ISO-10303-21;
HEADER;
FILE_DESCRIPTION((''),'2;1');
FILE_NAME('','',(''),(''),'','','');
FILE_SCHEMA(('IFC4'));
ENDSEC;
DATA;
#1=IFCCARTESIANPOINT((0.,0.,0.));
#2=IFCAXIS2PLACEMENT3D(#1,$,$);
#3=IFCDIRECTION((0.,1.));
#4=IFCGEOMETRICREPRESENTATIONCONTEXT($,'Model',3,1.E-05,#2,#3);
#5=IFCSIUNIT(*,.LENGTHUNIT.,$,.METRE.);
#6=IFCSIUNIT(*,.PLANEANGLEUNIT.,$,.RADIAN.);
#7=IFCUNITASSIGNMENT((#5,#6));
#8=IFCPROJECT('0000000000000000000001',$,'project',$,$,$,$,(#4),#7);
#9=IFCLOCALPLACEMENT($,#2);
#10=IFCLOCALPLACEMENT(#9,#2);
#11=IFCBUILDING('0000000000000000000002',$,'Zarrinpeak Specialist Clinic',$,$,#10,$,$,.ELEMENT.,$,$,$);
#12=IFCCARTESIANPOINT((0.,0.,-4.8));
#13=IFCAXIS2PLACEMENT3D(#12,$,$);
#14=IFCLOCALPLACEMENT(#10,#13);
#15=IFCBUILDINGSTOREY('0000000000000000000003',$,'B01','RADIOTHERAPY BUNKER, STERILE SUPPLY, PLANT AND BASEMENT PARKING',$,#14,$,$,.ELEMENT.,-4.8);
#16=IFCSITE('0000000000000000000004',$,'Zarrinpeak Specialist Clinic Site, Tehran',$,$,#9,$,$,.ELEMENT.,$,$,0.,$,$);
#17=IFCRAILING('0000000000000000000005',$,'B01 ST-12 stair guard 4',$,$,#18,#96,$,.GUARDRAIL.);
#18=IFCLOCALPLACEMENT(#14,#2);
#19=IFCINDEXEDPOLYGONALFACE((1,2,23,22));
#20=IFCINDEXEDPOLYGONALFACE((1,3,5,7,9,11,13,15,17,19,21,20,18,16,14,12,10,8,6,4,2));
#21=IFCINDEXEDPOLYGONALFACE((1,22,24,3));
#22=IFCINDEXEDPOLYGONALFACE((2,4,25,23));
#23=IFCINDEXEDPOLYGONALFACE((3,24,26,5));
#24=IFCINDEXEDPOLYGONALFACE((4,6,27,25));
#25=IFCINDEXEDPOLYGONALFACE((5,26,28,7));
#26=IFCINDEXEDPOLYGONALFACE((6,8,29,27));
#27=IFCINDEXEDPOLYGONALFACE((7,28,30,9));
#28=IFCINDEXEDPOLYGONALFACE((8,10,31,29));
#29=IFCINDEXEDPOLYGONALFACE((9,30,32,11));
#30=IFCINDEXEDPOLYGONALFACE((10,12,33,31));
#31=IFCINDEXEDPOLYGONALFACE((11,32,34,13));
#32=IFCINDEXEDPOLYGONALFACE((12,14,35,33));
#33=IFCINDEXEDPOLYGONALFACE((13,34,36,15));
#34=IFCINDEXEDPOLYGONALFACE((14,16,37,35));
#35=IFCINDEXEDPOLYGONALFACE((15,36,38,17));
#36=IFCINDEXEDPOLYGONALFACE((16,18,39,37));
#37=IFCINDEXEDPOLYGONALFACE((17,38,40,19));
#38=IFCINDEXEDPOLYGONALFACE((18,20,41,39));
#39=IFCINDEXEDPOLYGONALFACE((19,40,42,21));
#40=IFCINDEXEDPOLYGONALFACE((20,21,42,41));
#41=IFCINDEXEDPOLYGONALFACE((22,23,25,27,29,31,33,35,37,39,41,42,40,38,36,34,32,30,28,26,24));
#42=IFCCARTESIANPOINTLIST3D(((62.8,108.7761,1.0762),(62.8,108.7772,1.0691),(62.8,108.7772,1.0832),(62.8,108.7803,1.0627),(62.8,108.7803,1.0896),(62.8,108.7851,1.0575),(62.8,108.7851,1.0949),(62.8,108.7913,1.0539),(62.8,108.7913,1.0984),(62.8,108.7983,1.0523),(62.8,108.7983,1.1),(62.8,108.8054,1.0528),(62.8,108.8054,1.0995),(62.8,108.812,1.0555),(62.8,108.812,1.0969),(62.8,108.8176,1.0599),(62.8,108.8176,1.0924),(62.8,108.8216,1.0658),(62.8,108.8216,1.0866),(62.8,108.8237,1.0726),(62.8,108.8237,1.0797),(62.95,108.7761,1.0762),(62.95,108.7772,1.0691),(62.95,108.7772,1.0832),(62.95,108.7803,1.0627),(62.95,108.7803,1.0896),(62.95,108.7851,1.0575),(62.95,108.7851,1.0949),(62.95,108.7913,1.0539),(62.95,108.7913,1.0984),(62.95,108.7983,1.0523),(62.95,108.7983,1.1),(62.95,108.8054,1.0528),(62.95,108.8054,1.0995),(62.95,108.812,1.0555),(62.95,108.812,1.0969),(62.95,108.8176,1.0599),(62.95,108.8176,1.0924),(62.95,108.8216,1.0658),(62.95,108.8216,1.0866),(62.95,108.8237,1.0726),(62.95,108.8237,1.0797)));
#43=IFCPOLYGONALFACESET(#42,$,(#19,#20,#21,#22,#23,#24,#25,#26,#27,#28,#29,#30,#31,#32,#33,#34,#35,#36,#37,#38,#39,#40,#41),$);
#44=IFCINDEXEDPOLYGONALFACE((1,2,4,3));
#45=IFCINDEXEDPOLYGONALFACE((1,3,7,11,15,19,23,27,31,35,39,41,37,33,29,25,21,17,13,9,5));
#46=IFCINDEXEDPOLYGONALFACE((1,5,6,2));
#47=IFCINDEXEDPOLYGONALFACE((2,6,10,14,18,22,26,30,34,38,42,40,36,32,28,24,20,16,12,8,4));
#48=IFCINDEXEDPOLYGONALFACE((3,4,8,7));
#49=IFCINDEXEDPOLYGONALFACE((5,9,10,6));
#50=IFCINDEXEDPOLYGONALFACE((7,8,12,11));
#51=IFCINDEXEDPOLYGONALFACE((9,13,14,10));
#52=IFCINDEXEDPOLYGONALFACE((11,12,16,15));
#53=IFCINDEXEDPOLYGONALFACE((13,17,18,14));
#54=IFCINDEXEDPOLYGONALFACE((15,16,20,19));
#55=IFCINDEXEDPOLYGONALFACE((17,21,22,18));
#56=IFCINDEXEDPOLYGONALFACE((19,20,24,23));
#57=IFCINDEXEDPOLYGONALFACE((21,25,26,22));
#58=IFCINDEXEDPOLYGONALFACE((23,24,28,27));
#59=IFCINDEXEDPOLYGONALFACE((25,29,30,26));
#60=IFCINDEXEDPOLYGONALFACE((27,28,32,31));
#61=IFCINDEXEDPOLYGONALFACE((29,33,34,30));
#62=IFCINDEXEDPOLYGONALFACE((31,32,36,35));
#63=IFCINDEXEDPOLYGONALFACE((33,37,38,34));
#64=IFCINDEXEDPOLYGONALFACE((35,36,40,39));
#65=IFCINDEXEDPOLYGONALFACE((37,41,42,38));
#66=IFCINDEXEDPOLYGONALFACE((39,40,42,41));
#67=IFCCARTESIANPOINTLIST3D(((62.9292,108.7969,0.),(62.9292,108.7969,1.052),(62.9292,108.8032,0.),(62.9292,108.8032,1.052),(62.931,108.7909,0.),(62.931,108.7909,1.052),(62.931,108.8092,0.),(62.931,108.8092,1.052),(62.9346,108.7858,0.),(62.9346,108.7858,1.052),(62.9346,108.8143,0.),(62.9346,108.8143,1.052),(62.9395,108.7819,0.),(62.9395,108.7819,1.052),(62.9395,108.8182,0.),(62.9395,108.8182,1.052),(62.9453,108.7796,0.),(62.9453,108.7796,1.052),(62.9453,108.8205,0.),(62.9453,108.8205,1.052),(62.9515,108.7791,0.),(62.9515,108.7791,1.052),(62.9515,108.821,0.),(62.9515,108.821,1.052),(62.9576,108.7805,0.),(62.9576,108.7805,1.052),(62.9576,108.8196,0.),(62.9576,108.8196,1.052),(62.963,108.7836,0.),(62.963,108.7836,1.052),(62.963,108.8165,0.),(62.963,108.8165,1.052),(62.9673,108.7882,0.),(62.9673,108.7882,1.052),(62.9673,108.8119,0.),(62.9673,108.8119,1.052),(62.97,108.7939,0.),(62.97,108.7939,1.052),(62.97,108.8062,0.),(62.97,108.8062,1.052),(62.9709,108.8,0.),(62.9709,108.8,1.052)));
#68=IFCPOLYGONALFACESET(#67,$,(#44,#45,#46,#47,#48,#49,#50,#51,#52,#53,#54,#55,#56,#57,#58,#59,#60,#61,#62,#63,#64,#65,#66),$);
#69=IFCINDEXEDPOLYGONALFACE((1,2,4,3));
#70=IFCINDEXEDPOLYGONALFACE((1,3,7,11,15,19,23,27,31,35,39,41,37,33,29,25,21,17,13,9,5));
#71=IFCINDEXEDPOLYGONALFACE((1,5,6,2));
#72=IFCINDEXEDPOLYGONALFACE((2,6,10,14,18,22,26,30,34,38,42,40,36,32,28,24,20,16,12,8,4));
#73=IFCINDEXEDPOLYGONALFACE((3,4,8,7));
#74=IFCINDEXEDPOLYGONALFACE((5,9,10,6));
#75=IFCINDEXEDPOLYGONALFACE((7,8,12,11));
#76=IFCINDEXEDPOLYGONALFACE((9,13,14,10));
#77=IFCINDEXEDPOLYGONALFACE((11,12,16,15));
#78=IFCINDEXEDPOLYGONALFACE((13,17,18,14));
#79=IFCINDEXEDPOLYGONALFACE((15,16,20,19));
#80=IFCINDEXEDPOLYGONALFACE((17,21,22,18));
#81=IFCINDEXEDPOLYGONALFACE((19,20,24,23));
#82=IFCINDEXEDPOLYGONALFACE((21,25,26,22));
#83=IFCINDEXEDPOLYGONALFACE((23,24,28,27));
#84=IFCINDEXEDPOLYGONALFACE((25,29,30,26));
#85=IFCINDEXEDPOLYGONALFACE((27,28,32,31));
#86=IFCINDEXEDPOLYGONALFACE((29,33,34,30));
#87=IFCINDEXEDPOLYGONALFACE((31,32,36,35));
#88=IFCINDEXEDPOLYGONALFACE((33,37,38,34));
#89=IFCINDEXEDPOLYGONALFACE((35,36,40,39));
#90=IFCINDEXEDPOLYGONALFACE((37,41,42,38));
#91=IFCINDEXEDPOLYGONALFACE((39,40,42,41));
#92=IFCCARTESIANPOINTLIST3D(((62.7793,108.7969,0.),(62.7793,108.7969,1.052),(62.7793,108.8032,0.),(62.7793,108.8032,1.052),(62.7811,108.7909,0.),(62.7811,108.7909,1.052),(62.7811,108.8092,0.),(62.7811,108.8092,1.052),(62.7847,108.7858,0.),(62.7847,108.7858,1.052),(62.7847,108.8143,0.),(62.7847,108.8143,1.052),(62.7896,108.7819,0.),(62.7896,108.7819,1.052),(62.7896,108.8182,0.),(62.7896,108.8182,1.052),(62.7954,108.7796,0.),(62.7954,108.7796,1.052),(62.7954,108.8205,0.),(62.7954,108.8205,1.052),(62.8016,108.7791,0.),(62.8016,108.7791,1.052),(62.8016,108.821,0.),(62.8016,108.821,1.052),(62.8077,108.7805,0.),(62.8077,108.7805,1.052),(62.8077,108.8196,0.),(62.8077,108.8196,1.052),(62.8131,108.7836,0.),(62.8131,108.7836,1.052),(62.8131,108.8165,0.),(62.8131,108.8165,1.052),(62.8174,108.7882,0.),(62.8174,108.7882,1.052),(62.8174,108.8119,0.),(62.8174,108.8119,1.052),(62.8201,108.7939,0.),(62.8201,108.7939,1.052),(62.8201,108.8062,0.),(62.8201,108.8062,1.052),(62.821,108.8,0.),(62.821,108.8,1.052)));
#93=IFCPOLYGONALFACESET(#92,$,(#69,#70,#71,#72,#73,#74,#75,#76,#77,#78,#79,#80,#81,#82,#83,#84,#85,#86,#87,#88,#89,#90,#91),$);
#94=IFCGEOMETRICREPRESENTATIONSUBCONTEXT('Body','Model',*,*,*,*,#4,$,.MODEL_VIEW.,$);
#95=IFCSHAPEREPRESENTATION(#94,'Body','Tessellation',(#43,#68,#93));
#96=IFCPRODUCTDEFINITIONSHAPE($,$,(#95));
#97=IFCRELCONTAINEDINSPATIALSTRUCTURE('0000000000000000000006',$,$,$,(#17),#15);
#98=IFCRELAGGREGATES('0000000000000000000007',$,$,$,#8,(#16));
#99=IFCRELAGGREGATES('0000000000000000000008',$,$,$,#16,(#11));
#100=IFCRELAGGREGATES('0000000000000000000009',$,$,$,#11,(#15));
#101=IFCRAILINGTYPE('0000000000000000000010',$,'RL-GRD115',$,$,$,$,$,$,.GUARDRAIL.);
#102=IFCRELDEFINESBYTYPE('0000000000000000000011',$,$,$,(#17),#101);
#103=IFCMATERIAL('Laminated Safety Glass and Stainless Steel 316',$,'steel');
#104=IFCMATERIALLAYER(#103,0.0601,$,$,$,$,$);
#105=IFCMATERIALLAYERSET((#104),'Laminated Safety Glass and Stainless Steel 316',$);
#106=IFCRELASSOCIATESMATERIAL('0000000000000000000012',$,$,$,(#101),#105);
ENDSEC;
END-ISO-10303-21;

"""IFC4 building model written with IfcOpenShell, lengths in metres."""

from ifc_helpers import new_model, si_unit, direction, frame, origin, origin_2d, place, context, subcontext, project, spatial, circle, extrude, material, layer, layer_set, type_object, element, save


model = new_model("IFC4")

# Units and contexts
model_context = context("Model", 3, precision=1e-05, world=origin(), true_north=direction((0.0, 1.0)))
body_context = subcontext(model_context, "Body", "Model", "MODEL_VIEW")
ifc_project = project(units=[si_unit("LENGTHUNIT", "METRE"), si_unit("PLANEANGLEUNIT", "RADIAN")], contexts=[model_context])

# Site, building, storey
site_placement = place(None, origin())
site = spatial("IfcSite", under=ifc_project, at=site_placement, Name="Zarrinpeak Specialist Clinic Site, Tehran", CompositionType="ELEMENT", RefElevation=0.0)
building_placement = place(site_placement, origin())
building = spatial("IfcBuilding", under=site, at=building_placement, Name="Zarrinpeak Specialist Clinic", CompositionType="ELEMENT")
storey_placement = place(building_placement, frame((0.0, 0.0, -4.8)))
storey = spatial("IfcBuildingStorey", under=building, at=storey_placement, Name="B01", Description="RADIOTHERAPY BUNKER, STERILE SUPPLY, PLANT AND BASEMENT PARKING", CompositionType="ELEMENT", Elevation=-4.8)

# Railing
ifc_material_1 = material(Name="Laminated Safety Glass and Stainless Steel 316", Category="steel")
ifc_layer_1 = layer(ifc_material_1, 0.0601)
ifc_layer_set_1 = layer_set([ifc_layer_1], Name="Laminated Safety Glass and Stainless Steel 316")
railing_type_1 = type_object("IfcRailingType", Name="RL-GRD115", PredefinedType="GUARDRAIL", material=ifc_layer_set_1)
railing_1_placement = place(storey_placement, frame((62.95, 108.8, 0.0)))
element("IfcRailing", 1, at=railing_1_placement, inside=storey, type_object=railing_type_1, Name="B01 ST-12 stair guard 4", PredefinedType="GUARDRAIL", context=body_context, shape_type="SweptSolid", body=[
    extrude(circle(Radius=0.0239, at=origin_2d()), frame((0.0, 0.0, 1.0762), z_axis=(-1.0, 0.0, 0.0), x_axis=(0.0, -1.0, 0.0)), (0.0, 0.0, 1.0), 0.1499),
    extrude(circle(Radius=0.021, at=origin_2d()), origin(), (0.0, 0.0, 1.0), 1.052),
    extrude(circle(Radius=0.021, at=origin_2d()), frame((-0.1499, 0.0, 0.0)), (0.0, 0.0, 1.0), 1.052),
])

save(model, "model.ifc")
